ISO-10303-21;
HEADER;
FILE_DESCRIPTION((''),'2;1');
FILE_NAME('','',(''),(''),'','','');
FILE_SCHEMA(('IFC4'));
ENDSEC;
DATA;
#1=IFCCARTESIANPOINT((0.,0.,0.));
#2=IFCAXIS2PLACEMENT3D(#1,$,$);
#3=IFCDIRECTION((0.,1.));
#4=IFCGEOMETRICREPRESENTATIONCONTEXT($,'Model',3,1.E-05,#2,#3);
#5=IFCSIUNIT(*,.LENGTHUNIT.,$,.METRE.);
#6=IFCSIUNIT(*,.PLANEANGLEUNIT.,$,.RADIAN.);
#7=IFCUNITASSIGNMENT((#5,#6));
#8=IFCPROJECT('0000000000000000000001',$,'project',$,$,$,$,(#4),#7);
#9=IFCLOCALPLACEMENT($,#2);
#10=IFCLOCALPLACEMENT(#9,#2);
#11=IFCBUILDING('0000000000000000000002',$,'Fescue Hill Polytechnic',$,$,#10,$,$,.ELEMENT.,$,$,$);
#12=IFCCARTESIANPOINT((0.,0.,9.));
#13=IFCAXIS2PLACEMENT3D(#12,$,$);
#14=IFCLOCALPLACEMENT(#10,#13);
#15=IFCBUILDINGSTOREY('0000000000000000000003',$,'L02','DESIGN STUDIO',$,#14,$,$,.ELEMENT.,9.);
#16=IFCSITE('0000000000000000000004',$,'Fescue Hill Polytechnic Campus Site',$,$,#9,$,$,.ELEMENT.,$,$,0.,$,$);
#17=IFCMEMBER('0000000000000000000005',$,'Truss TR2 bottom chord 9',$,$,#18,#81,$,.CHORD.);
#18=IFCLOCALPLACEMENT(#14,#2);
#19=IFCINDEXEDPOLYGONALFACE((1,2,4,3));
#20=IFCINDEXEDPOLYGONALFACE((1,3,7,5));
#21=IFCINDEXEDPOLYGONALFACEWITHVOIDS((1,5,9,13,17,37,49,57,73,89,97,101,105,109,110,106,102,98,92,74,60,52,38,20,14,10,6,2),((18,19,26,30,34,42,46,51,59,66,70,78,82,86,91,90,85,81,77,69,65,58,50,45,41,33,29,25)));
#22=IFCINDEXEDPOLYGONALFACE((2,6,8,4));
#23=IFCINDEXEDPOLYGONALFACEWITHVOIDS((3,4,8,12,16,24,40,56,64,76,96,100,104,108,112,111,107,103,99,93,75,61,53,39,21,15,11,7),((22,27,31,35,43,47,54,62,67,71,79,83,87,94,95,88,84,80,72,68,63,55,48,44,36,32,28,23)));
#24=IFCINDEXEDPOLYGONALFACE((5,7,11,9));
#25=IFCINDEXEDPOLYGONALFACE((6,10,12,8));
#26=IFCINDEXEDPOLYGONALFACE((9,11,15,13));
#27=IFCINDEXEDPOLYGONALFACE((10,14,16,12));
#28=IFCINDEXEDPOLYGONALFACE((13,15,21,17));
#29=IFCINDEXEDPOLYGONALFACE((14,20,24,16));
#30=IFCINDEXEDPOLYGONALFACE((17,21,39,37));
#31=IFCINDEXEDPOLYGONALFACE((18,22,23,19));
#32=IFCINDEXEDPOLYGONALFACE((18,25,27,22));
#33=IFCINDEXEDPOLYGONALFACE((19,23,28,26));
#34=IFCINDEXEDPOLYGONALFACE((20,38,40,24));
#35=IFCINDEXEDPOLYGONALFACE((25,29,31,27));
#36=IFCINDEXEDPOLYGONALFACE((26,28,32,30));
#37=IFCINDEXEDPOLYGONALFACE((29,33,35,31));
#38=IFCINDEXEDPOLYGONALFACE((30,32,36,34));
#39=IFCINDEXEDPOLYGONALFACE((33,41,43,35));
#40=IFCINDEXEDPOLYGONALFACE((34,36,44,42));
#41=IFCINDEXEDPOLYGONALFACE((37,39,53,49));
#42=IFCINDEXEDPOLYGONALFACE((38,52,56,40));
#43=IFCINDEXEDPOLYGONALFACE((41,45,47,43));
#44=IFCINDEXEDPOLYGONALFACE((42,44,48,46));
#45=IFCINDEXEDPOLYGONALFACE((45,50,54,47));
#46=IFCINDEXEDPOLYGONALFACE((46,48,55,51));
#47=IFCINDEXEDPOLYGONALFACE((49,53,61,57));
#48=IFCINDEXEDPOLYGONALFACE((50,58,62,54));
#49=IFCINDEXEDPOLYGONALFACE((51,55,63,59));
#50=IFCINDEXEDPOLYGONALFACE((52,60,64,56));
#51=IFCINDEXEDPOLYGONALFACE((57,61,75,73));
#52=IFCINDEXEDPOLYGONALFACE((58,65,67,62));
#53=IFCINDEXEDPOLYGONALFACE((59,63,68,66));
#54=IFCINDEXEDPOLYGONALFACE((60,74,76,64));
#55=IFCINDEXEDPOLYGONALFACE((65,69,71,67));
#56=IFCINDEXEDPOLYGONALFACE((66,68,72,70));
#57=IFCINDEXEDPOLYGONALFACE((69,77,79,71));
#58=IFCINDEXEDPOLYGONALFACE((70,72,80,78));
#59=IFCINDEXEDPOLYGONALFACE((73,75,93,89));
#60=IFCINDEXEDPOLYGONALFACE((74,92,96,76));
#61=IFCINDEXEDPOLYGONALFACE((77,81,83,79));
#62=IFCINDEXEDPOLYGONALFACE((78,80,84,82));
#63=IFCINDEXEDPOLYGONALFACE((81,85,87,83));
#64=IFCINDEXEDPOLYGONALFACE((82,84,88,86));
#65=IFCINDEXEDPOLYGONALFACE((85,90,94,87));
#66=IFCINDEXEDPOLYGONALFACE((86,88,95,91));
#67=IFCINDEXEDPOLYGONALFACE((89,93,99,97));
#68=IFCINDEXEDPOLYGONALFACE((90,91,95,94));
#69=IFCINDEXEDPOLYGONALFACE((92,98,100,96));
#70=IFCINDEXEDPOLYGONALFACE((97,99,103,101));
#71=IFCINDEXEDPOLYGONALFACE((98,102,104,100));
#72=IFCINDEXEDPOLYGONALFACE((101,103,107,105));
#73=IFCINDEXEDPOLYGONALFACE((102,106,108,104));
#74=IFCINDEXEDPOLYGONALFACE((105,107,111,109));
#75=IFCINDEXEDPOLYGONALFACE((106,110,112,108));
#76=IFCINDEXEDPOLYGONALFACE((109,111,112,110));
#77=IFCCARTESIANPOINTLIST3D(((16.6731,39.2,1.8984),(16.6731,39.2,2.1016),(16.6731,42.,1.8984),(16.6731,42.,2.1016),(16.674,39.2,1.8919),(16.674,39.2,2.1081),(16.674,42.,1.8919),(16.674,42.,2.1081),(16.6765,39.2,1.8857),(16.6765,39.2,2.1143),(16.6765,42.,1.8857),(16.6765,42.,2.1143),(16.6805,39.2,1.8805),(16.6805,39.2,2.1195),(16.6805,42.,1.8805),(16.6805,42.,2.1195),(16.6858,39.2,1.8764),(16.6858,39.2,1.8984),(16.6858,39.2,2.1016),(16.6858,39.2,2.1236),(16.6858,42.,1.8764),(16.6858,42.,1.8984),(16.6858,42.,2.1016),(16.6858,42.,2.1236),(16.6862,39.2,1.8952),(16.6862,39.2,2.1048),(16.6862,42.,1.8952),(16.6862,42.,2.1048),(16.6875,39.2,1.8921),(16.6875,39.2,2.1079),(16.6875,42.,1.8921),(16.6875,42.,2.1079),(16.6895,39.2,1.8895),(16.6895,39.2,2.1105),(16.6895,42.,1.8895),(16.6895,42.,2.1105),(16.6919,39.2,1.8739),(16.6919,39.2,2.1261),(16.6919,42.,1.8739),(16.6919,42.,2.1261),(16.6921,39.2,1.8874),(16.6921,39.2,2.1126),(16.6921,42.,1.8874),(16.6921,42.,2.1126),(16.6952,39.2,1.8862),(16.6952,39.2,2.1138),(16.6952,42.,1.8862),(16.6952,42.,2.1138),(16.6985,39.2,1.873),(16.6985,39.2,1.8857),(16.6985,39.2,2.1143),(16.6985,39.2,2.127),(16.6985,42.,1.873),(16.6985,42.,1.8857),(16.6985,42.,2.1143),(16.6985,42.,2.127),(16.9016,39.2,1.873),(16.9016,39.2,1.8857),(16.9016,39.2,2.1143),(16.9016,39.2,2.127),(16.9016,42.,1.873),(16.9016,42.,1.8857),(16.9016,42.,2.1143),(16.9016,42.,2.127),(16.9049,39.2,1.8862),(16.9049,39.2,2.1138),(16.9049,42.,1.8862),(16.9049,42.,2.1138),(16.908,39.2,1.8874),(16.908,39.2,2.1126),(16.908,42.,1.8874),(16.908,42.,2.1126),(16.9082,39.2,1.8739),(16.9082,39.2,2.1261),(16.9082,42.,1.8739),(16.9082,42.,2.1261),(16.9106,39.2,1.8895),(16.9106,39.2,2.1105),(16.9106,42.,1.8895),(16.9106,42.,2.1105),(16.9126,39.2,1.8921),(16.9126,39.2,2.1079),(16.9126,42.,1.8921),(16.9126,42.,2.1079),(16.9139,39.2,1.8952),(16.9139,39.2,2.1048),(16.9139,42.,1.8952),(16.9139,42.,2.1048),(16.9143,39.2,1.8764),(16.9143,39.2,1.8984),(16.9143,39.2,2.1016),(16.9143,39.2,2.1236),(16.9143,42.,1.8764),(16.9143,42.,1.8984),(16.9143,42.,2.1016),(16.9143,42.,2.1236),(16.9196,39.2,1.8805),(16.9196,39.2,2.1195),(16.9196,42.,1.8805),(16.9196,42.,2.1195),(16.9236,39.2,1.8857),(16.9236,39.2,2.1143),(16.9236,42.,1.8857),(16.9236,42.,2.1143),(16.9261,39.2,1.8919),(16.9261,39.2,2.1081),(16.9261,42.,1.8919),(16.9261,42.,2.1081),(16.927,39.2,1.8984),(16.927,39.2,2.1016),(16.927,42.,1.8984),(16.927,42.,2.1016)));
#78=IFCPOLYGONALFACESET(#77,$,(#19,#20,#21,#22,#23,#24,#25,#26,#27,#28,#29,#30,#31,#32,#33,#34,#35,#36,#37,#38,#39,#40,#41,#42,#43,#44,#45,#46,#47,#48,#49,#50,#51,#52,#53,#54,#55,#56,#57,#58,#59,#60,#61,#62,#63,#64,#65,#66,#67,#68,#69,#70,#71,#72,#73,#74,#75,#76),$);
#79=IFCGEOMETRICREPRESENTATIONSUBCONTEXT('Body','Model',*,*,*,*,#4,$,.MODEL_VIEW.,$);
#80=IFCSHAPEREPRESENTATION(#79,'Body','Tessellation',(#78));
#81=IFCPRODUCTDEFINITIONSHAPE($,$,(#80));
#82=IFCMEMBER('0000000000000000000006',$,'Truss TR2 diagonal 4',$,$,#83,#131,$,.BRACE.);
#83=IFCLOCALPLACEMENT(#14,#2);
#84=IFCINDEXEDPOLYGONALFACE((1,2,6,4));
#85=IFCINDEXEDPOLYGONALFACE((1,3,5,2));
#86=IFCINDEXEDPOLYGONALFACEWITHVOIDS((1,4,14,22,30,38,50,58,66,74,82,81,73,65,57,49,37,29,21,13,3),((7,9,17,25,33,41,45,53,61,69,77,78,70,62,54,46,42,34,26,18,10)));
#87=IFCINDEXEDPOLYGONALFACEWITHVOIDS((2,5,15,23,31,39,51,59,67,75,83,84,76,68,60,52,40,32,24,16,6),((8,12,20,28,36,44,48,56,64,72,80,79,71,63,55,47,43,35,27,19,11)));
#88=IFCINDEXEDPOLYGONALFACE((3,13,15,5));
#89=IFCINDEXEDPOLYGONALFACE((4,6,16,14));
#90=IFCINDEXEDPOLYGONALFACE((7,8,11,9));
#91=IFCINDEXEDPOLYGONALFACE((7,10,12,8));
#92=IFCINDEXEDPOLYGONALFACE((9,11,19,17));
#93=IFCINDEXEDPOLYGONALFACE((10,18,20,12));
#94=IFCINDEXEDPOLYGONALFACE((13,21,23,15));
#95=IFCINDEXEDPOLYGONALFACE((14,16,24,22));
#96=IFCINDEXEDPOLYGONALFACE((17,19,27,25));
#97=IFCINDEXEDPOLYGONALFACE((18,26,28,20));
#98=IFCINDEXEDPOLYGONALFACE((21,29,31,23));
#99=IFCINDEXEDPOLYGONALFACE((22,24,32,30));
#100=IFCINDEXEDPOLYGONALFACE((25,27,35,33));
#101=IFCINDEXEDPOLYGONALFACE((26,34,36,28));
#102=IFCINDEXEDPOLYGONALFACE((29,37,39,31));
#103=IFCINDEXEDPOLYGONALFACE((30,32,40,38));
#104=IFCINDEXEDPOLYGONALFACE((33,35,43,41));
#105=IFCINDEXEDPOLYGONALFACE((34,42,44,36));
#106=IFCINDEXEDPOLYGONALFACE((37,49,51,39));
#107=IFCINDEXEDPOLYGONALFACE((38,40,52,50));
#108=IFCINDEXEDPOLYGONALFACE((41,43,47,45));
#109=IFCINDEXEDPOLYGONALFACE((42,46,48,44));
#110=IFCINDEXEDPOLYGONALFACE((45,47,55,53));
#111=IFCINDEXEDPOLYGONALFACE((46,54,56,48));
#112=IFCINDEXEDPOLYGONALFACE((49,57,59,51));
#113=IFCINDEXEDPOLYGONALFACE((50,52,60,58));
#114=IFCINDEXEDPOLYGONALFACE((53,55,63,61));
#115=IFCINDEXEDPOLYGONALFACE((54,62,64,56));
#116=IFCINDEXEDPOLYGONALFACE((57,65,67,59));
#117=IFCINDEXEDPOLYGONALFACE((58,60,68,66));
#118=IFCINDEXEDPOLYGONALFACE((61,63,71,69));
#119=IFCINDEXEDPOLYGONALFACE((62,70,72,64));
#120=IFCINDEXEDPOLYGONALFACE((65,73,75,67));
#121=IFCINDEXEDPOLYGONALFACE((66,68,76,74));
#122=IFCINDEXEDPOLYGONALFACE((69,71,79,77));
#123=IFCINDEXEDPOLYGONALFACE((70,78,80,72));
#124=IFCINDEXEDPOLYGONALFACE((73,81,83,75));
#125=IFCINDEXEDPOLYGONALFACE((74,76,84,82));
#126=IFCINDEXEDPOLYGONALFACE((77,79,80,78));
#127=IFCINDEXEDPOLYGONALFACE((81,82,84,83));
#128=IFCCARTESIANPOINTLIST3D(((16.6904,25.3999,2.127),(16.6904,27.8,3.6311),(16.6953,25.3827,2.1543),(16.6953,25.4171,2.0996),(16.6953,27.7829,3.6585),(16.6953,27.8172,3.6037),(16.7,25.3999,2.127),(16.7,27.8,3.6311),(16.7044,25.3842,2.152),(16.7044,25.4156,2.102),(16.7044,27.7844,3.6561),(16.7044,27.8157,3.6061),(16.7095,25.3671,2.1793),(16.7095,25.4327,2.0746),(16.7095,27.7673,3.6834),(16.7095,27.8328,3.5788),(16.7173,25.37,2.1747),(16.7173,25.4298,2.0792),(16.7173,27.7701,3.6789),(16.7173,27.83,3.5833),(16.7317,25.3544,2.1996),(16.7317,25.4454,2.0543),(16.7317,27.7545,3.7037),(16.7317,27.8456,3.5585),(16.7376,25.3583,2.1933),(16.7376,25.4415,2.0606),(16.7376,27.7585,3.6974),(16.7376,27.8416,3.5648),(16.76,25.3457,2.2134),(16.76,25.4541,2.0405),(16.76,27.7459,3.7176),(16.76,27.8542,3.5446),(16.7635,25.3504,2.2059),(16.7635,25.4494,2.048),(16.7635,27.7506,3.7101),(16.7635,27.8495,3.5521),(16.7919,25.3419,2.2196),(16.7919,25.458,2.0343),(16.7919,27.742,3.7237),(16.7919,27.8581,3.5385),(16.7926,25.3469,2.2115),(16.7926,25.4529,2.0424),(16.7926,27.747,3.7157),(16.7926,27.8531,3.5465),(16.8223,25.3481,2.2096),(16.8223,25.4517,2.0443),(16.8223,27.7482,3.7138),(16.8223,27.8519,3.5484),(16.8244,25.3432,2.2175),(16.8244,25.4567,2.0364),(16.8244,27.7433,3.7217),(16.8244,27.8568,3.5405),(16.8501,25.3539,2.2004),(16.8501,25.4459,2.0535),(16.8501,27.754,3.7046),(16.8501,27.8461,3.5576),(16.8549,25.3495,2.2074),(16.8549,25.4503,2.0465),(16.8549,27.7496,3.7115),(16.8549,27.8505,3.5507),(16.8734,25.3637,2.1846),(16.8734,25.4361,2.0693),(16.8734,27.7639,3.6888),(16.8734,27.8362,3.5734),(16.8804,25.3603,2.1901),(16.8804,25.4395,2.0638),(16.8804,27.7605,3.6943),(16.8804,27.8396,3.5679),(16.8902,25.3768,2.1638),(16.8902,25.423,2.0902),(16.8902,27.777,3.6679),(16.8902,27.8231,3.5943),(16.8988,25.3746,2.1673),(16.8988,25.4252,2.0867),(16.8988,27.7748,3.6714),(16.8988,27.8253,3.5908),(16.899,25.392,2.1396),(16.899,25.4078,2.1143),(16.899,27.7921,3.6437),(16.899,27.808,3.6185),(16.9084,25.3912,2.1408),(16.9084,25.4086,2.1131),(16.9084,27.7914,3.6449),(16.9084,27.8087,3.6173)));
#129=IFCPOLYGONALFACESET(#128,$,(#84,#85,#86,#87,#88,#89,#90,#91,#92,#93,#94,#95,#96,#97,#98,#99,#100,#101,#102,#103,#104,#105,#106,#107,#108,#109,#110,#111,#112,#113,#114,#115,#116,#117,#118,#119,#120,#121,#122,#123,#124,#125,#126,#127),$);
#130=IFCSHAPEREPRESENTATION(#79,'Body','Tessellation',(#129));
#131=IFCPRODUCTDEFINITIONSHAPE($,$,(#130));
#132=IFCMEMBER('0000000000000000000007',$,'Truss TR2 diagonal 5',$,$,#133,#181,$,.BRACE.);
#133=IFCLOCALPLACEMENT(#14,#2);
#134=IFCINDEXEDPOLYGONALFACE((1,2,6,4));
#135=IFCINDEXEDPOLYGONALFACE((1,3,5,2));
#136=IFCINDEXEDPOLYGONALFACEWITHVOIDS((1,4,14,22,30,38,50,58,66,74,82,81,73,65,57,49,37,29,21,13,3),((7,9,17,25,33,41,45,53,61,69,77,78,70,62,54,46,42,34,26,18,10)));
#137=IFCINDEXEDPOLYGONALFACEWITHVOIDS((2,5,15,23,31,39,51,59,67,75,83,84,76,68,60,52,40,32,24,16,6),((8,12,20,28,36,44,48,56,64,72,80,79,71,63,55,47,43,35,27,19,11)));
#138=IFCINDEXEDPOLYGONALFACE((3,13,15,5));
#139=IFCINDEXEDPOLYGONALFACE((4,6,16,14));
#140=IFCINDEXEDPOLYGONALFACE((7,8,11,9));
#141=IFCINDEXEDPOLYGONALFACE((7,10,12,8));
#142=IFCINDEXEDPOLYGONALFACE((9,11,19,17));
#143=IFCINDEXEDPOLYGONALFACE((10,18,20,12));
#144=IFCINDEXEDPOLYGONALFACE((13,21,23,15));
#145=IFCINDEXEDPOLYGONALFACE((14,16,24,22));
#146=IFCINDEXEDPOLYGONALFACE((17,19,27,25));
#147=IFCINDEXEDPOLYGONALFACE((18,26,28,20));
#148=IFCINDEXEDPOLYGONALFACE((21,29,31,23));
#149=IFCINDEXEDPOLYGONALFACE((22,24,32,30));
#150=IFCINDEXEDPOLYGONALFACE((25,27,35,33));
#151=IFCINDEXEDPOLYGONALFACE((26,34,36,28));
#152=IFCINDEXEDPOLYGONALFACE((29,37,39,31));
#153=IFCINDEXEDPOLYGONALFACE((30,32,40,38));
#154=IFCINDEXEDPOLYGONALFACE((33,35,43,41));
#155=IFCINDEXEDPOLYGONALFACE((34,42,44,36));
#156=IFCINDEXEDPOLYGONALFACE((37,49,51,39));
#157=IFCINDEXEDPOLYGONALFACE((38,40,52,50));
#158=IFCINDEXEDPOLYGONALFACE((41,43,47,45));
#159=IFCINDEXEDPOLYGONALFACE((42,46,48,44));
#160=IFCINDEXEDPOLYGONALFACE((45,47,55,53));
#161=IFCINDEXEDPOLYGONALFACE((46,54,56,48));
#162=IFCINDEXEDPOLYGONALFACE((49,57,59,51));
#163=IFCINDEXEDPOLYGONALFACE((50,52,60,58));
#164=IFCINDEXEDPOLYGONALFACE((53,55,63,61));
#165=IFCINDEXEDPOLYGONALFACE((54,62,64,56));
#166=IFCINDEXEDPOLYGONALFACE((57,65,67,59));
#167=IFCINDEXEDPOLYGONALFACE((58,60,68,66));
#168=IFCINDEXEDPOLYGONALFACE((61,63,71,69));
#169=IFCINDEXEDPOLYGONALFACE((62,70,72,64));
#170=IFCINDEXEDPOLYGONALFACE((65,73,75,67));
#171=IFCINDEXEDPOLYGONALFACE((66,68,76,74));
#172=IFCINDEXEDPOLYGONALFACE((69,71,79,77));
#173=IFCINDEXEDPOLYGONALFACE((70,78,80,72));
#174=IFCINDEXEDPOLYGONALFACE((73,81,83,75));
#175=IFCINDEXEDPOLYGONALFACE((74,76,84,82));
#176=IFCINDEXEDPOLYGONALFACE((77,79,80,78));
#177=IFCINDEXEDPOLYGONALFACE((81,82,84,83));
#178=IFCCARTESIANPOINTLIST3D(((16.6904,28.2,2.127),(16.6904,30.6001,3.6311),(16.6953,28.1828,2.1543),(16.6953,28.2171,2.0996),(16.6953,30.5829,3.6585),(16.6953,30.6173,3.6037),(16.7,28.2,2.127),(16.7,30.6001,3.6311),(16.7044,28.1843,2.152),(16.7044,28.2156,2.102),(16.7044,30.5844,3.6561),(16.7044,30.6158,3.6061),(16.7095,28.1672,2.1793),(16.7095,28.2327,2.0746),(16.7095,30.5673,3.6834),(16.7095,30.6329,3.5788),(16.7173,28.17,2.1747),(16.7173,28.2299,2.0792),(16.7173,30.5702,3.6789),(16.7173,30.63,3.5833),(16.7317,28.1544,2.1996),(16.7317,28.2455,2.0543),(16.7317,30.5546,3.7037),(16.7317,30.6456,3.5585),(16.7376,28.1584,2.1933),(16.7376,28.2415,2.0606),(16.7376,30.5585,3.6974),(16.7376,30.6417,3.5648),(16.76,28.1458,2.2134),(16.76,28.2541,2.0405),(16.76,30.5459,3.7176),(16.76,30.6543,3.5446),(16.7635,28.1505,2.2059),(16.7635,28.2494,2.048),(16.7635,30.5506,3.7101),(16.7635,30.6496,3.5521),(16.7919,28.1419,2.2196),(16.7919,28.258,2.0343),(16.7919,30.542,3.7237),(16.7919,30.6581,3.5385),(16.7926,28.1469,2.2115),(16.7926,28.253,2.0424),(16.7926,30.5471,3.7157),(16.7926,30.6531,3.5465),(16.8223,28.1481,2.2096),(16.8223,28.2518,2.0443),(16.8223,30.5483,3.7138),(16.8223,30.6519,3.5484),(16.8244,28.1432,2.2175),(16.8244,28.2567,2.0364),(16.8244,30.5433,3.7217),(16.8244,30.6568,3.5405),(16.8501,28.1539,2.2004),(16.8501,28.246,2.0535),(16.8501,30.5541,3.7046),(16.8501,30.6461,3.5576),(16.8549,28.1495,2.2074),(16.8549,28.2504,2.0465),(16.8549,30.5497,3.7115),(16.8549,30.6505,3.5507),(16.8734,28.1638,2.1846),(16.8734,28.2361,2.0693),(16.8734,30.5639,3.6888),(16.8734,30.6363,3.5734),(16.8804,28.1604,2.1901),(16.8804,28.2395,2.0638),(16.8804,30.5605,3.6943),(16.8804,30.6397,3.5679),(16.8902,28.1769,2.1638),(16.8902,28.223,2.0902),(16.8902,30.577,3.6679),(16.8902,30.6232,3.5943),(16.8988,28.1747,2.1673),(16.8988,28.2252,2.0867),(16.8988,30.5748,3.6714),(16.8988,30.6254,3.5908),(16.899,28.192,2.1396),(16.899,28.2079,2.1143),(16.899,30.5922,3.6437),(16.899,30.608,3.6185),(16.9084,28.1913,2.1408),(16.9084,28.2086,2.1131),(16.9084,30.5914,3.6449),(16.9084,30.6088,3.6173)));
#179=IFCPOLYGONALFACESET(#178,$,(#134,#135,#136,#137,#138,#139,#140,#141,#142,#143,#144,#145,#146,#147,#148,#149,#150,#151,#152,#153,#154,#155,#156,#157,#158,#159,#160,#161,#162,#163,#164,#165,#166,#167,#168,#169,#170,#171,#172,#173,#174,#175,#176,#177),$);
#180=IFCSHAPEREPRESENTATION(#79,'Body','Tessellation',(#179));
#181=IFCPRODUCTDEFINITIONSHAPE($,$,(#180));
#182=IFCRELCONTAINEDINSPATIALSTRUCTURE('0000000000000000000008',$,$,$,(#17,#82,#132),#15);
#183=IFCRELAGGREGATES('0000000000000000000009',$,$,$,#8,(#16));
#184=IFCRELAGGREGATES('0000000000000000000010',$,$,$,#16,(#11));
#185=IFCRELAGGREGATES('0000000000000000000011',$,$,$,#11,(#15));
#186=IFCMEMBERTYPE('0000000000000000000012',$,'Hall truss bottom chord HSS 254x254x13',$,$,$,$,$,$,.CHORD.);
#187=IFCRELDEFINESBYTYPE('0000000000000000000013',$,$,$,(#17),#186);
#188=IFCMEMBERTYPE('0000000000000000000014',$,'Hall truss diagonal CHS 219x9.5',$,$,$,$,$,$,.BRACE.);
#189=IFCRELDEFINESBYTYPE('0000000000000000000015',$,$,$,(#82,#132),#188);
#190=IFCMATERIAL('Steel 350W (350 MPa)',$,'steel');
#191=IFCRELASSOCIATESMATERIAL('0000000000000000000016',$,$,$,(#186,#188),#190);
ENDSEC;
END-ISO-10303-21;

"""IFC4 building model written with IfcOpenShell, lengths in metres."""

from ifc_helpers import new_model, si_unit, direction, frame, origin, origin_2d, place, context, subcontext, project, spatial, hollow_rectangle, hollow_circle, extrude, material, material_profile, profile_set, type_object, element, save


model = new_model("IFC4")

# Units and contexts
model_context = context("Model", 3, precision=1e-05, world=origin(), true_north=direction((0.0, 1.0)))
body_context = subcontext(model_context, "Body", "Model", "MODEL_VIEW")
ifc_project = project(units=[si_unit("LENGTHUNIT", "METRE"), si_unit("PLANEANGLEUNIT", "RADIAN")], contexts=[model_context])

# Site, building, storey
site_placement = place(None, origin())
site = spatial("IfcSite", under=ifc_project, at=site_placement, Name="Fescue Hill Polytechnic Campus Site", CompositionType="ELEMENT", RefElevation=0.0)
building_placement = place(site_placement, origin())
building = spatial("IfcBuilding", under=site, at=building_placement, Name="Fescue Hill Polytechnic", CompositionType="ELEMENT")
storey_placement = place(building_placement, frame((0.0, 0.0, 9.0)))
storey = spatial("IfcBuildingStorey", under=building, at=storey_placement, Name="L02", Description="DESIGN STUDIO", CompositionType="ELEMENT", Elevation=9.0)

# Members
ifc_material = material(Name="Steel 350W (350 MPa)", Category="steel")
ifc_material_profile_1 = material_profile(ifc_material, hollow_rectangle(XDim=0.2539, YDim=0.2539, WallThickness=0.0127, InnerFilletRadius=0.0127, OuterFilletRadius=0.0254, at=origin_2d()), Name="Hall truss bottom chord HSS 254x254x13")
ifc_profile_set_1 = profile_set([ifc_material_profile_1], Name="Steel 350W (350 MPa)")
member_type_1 = type_object("IfcMemberType", Name="Hall truss bottom chord HSS 254x254x13", PredefinedType="CHORD", material=ifc_profile_set_1)
for number, where, z_axis, x_axis, name in (
    (1, (16.8, 39.2, 2.0), (0.0, 1.0, 0.0), (-1.0, 0.0, 0.0), "Truss TR2 bottom chord 9"),
):
    element("IfcMember", number, at=place(storey_placement, frame(where, z_axis=z_axis, x_axis=x_axis)), inside=storey, type_object=member_type_1, Name=name, PredefinedType="CHORD", context=body_context, shape_type="SweptSolid", body=[
        extrude(hollow_rectangle(XDim=0.2539, YDim=0.2539, WallThickness=0.0127, InnerFilletRadius=0.0127, OuterFilletRadius=0.0254, at=origin_2d()), origin(), (0.0, 0.0, 1.0), 2.8),
    ])
ifc_material_profile_2 = material_profile(ifc_material, hollow_circle(Radius=0.1096, WallThickness=0.0095, at=origin_2d()), Name="Hall truss diagonal CHS 219x9.5")
ifc_profile_set_2 = profile_set([ifc_material_profile_2], Name="Steel 350W (350 MPa)")
member_type_2 = type_object("IfcMemberType", Name="Hall truss diagonal CHS 219x9.5", PredefinedType="BRACE", material=ifc_profile_set_2)
for number, where, z_axis, x_axis, name in (
    (2, (16.8, 25.3999, 2.127), (0.0, 0.847354, 0.531029), (-1.0, 0.0, 0.0), "Truss TR2 diagonal 4"),
    (3, (16.8, 28.2, 2.127), (0.0, 0.847354, 0.531029), (-1.0, 0.0, 0.0), "Truss TR2 diagonal 5"),
):
    element("IfcMember", number, at=place(storey_placement, frame(where, z_axis=z_axis, x_axis=x_axis)), inside=storey, type_object=member_type_2, Name=name, PredefinedType="BRACE", context=body_context, shape_type="SweptSolid", body=[
        extrude(hollow_circle(Radius=0.1096, WallThickness=0.0095, at=origin_2d()), origin(), (0.0, 0.0, 1.0), 2.8325),
    ])

save(model, "model.ifc")
